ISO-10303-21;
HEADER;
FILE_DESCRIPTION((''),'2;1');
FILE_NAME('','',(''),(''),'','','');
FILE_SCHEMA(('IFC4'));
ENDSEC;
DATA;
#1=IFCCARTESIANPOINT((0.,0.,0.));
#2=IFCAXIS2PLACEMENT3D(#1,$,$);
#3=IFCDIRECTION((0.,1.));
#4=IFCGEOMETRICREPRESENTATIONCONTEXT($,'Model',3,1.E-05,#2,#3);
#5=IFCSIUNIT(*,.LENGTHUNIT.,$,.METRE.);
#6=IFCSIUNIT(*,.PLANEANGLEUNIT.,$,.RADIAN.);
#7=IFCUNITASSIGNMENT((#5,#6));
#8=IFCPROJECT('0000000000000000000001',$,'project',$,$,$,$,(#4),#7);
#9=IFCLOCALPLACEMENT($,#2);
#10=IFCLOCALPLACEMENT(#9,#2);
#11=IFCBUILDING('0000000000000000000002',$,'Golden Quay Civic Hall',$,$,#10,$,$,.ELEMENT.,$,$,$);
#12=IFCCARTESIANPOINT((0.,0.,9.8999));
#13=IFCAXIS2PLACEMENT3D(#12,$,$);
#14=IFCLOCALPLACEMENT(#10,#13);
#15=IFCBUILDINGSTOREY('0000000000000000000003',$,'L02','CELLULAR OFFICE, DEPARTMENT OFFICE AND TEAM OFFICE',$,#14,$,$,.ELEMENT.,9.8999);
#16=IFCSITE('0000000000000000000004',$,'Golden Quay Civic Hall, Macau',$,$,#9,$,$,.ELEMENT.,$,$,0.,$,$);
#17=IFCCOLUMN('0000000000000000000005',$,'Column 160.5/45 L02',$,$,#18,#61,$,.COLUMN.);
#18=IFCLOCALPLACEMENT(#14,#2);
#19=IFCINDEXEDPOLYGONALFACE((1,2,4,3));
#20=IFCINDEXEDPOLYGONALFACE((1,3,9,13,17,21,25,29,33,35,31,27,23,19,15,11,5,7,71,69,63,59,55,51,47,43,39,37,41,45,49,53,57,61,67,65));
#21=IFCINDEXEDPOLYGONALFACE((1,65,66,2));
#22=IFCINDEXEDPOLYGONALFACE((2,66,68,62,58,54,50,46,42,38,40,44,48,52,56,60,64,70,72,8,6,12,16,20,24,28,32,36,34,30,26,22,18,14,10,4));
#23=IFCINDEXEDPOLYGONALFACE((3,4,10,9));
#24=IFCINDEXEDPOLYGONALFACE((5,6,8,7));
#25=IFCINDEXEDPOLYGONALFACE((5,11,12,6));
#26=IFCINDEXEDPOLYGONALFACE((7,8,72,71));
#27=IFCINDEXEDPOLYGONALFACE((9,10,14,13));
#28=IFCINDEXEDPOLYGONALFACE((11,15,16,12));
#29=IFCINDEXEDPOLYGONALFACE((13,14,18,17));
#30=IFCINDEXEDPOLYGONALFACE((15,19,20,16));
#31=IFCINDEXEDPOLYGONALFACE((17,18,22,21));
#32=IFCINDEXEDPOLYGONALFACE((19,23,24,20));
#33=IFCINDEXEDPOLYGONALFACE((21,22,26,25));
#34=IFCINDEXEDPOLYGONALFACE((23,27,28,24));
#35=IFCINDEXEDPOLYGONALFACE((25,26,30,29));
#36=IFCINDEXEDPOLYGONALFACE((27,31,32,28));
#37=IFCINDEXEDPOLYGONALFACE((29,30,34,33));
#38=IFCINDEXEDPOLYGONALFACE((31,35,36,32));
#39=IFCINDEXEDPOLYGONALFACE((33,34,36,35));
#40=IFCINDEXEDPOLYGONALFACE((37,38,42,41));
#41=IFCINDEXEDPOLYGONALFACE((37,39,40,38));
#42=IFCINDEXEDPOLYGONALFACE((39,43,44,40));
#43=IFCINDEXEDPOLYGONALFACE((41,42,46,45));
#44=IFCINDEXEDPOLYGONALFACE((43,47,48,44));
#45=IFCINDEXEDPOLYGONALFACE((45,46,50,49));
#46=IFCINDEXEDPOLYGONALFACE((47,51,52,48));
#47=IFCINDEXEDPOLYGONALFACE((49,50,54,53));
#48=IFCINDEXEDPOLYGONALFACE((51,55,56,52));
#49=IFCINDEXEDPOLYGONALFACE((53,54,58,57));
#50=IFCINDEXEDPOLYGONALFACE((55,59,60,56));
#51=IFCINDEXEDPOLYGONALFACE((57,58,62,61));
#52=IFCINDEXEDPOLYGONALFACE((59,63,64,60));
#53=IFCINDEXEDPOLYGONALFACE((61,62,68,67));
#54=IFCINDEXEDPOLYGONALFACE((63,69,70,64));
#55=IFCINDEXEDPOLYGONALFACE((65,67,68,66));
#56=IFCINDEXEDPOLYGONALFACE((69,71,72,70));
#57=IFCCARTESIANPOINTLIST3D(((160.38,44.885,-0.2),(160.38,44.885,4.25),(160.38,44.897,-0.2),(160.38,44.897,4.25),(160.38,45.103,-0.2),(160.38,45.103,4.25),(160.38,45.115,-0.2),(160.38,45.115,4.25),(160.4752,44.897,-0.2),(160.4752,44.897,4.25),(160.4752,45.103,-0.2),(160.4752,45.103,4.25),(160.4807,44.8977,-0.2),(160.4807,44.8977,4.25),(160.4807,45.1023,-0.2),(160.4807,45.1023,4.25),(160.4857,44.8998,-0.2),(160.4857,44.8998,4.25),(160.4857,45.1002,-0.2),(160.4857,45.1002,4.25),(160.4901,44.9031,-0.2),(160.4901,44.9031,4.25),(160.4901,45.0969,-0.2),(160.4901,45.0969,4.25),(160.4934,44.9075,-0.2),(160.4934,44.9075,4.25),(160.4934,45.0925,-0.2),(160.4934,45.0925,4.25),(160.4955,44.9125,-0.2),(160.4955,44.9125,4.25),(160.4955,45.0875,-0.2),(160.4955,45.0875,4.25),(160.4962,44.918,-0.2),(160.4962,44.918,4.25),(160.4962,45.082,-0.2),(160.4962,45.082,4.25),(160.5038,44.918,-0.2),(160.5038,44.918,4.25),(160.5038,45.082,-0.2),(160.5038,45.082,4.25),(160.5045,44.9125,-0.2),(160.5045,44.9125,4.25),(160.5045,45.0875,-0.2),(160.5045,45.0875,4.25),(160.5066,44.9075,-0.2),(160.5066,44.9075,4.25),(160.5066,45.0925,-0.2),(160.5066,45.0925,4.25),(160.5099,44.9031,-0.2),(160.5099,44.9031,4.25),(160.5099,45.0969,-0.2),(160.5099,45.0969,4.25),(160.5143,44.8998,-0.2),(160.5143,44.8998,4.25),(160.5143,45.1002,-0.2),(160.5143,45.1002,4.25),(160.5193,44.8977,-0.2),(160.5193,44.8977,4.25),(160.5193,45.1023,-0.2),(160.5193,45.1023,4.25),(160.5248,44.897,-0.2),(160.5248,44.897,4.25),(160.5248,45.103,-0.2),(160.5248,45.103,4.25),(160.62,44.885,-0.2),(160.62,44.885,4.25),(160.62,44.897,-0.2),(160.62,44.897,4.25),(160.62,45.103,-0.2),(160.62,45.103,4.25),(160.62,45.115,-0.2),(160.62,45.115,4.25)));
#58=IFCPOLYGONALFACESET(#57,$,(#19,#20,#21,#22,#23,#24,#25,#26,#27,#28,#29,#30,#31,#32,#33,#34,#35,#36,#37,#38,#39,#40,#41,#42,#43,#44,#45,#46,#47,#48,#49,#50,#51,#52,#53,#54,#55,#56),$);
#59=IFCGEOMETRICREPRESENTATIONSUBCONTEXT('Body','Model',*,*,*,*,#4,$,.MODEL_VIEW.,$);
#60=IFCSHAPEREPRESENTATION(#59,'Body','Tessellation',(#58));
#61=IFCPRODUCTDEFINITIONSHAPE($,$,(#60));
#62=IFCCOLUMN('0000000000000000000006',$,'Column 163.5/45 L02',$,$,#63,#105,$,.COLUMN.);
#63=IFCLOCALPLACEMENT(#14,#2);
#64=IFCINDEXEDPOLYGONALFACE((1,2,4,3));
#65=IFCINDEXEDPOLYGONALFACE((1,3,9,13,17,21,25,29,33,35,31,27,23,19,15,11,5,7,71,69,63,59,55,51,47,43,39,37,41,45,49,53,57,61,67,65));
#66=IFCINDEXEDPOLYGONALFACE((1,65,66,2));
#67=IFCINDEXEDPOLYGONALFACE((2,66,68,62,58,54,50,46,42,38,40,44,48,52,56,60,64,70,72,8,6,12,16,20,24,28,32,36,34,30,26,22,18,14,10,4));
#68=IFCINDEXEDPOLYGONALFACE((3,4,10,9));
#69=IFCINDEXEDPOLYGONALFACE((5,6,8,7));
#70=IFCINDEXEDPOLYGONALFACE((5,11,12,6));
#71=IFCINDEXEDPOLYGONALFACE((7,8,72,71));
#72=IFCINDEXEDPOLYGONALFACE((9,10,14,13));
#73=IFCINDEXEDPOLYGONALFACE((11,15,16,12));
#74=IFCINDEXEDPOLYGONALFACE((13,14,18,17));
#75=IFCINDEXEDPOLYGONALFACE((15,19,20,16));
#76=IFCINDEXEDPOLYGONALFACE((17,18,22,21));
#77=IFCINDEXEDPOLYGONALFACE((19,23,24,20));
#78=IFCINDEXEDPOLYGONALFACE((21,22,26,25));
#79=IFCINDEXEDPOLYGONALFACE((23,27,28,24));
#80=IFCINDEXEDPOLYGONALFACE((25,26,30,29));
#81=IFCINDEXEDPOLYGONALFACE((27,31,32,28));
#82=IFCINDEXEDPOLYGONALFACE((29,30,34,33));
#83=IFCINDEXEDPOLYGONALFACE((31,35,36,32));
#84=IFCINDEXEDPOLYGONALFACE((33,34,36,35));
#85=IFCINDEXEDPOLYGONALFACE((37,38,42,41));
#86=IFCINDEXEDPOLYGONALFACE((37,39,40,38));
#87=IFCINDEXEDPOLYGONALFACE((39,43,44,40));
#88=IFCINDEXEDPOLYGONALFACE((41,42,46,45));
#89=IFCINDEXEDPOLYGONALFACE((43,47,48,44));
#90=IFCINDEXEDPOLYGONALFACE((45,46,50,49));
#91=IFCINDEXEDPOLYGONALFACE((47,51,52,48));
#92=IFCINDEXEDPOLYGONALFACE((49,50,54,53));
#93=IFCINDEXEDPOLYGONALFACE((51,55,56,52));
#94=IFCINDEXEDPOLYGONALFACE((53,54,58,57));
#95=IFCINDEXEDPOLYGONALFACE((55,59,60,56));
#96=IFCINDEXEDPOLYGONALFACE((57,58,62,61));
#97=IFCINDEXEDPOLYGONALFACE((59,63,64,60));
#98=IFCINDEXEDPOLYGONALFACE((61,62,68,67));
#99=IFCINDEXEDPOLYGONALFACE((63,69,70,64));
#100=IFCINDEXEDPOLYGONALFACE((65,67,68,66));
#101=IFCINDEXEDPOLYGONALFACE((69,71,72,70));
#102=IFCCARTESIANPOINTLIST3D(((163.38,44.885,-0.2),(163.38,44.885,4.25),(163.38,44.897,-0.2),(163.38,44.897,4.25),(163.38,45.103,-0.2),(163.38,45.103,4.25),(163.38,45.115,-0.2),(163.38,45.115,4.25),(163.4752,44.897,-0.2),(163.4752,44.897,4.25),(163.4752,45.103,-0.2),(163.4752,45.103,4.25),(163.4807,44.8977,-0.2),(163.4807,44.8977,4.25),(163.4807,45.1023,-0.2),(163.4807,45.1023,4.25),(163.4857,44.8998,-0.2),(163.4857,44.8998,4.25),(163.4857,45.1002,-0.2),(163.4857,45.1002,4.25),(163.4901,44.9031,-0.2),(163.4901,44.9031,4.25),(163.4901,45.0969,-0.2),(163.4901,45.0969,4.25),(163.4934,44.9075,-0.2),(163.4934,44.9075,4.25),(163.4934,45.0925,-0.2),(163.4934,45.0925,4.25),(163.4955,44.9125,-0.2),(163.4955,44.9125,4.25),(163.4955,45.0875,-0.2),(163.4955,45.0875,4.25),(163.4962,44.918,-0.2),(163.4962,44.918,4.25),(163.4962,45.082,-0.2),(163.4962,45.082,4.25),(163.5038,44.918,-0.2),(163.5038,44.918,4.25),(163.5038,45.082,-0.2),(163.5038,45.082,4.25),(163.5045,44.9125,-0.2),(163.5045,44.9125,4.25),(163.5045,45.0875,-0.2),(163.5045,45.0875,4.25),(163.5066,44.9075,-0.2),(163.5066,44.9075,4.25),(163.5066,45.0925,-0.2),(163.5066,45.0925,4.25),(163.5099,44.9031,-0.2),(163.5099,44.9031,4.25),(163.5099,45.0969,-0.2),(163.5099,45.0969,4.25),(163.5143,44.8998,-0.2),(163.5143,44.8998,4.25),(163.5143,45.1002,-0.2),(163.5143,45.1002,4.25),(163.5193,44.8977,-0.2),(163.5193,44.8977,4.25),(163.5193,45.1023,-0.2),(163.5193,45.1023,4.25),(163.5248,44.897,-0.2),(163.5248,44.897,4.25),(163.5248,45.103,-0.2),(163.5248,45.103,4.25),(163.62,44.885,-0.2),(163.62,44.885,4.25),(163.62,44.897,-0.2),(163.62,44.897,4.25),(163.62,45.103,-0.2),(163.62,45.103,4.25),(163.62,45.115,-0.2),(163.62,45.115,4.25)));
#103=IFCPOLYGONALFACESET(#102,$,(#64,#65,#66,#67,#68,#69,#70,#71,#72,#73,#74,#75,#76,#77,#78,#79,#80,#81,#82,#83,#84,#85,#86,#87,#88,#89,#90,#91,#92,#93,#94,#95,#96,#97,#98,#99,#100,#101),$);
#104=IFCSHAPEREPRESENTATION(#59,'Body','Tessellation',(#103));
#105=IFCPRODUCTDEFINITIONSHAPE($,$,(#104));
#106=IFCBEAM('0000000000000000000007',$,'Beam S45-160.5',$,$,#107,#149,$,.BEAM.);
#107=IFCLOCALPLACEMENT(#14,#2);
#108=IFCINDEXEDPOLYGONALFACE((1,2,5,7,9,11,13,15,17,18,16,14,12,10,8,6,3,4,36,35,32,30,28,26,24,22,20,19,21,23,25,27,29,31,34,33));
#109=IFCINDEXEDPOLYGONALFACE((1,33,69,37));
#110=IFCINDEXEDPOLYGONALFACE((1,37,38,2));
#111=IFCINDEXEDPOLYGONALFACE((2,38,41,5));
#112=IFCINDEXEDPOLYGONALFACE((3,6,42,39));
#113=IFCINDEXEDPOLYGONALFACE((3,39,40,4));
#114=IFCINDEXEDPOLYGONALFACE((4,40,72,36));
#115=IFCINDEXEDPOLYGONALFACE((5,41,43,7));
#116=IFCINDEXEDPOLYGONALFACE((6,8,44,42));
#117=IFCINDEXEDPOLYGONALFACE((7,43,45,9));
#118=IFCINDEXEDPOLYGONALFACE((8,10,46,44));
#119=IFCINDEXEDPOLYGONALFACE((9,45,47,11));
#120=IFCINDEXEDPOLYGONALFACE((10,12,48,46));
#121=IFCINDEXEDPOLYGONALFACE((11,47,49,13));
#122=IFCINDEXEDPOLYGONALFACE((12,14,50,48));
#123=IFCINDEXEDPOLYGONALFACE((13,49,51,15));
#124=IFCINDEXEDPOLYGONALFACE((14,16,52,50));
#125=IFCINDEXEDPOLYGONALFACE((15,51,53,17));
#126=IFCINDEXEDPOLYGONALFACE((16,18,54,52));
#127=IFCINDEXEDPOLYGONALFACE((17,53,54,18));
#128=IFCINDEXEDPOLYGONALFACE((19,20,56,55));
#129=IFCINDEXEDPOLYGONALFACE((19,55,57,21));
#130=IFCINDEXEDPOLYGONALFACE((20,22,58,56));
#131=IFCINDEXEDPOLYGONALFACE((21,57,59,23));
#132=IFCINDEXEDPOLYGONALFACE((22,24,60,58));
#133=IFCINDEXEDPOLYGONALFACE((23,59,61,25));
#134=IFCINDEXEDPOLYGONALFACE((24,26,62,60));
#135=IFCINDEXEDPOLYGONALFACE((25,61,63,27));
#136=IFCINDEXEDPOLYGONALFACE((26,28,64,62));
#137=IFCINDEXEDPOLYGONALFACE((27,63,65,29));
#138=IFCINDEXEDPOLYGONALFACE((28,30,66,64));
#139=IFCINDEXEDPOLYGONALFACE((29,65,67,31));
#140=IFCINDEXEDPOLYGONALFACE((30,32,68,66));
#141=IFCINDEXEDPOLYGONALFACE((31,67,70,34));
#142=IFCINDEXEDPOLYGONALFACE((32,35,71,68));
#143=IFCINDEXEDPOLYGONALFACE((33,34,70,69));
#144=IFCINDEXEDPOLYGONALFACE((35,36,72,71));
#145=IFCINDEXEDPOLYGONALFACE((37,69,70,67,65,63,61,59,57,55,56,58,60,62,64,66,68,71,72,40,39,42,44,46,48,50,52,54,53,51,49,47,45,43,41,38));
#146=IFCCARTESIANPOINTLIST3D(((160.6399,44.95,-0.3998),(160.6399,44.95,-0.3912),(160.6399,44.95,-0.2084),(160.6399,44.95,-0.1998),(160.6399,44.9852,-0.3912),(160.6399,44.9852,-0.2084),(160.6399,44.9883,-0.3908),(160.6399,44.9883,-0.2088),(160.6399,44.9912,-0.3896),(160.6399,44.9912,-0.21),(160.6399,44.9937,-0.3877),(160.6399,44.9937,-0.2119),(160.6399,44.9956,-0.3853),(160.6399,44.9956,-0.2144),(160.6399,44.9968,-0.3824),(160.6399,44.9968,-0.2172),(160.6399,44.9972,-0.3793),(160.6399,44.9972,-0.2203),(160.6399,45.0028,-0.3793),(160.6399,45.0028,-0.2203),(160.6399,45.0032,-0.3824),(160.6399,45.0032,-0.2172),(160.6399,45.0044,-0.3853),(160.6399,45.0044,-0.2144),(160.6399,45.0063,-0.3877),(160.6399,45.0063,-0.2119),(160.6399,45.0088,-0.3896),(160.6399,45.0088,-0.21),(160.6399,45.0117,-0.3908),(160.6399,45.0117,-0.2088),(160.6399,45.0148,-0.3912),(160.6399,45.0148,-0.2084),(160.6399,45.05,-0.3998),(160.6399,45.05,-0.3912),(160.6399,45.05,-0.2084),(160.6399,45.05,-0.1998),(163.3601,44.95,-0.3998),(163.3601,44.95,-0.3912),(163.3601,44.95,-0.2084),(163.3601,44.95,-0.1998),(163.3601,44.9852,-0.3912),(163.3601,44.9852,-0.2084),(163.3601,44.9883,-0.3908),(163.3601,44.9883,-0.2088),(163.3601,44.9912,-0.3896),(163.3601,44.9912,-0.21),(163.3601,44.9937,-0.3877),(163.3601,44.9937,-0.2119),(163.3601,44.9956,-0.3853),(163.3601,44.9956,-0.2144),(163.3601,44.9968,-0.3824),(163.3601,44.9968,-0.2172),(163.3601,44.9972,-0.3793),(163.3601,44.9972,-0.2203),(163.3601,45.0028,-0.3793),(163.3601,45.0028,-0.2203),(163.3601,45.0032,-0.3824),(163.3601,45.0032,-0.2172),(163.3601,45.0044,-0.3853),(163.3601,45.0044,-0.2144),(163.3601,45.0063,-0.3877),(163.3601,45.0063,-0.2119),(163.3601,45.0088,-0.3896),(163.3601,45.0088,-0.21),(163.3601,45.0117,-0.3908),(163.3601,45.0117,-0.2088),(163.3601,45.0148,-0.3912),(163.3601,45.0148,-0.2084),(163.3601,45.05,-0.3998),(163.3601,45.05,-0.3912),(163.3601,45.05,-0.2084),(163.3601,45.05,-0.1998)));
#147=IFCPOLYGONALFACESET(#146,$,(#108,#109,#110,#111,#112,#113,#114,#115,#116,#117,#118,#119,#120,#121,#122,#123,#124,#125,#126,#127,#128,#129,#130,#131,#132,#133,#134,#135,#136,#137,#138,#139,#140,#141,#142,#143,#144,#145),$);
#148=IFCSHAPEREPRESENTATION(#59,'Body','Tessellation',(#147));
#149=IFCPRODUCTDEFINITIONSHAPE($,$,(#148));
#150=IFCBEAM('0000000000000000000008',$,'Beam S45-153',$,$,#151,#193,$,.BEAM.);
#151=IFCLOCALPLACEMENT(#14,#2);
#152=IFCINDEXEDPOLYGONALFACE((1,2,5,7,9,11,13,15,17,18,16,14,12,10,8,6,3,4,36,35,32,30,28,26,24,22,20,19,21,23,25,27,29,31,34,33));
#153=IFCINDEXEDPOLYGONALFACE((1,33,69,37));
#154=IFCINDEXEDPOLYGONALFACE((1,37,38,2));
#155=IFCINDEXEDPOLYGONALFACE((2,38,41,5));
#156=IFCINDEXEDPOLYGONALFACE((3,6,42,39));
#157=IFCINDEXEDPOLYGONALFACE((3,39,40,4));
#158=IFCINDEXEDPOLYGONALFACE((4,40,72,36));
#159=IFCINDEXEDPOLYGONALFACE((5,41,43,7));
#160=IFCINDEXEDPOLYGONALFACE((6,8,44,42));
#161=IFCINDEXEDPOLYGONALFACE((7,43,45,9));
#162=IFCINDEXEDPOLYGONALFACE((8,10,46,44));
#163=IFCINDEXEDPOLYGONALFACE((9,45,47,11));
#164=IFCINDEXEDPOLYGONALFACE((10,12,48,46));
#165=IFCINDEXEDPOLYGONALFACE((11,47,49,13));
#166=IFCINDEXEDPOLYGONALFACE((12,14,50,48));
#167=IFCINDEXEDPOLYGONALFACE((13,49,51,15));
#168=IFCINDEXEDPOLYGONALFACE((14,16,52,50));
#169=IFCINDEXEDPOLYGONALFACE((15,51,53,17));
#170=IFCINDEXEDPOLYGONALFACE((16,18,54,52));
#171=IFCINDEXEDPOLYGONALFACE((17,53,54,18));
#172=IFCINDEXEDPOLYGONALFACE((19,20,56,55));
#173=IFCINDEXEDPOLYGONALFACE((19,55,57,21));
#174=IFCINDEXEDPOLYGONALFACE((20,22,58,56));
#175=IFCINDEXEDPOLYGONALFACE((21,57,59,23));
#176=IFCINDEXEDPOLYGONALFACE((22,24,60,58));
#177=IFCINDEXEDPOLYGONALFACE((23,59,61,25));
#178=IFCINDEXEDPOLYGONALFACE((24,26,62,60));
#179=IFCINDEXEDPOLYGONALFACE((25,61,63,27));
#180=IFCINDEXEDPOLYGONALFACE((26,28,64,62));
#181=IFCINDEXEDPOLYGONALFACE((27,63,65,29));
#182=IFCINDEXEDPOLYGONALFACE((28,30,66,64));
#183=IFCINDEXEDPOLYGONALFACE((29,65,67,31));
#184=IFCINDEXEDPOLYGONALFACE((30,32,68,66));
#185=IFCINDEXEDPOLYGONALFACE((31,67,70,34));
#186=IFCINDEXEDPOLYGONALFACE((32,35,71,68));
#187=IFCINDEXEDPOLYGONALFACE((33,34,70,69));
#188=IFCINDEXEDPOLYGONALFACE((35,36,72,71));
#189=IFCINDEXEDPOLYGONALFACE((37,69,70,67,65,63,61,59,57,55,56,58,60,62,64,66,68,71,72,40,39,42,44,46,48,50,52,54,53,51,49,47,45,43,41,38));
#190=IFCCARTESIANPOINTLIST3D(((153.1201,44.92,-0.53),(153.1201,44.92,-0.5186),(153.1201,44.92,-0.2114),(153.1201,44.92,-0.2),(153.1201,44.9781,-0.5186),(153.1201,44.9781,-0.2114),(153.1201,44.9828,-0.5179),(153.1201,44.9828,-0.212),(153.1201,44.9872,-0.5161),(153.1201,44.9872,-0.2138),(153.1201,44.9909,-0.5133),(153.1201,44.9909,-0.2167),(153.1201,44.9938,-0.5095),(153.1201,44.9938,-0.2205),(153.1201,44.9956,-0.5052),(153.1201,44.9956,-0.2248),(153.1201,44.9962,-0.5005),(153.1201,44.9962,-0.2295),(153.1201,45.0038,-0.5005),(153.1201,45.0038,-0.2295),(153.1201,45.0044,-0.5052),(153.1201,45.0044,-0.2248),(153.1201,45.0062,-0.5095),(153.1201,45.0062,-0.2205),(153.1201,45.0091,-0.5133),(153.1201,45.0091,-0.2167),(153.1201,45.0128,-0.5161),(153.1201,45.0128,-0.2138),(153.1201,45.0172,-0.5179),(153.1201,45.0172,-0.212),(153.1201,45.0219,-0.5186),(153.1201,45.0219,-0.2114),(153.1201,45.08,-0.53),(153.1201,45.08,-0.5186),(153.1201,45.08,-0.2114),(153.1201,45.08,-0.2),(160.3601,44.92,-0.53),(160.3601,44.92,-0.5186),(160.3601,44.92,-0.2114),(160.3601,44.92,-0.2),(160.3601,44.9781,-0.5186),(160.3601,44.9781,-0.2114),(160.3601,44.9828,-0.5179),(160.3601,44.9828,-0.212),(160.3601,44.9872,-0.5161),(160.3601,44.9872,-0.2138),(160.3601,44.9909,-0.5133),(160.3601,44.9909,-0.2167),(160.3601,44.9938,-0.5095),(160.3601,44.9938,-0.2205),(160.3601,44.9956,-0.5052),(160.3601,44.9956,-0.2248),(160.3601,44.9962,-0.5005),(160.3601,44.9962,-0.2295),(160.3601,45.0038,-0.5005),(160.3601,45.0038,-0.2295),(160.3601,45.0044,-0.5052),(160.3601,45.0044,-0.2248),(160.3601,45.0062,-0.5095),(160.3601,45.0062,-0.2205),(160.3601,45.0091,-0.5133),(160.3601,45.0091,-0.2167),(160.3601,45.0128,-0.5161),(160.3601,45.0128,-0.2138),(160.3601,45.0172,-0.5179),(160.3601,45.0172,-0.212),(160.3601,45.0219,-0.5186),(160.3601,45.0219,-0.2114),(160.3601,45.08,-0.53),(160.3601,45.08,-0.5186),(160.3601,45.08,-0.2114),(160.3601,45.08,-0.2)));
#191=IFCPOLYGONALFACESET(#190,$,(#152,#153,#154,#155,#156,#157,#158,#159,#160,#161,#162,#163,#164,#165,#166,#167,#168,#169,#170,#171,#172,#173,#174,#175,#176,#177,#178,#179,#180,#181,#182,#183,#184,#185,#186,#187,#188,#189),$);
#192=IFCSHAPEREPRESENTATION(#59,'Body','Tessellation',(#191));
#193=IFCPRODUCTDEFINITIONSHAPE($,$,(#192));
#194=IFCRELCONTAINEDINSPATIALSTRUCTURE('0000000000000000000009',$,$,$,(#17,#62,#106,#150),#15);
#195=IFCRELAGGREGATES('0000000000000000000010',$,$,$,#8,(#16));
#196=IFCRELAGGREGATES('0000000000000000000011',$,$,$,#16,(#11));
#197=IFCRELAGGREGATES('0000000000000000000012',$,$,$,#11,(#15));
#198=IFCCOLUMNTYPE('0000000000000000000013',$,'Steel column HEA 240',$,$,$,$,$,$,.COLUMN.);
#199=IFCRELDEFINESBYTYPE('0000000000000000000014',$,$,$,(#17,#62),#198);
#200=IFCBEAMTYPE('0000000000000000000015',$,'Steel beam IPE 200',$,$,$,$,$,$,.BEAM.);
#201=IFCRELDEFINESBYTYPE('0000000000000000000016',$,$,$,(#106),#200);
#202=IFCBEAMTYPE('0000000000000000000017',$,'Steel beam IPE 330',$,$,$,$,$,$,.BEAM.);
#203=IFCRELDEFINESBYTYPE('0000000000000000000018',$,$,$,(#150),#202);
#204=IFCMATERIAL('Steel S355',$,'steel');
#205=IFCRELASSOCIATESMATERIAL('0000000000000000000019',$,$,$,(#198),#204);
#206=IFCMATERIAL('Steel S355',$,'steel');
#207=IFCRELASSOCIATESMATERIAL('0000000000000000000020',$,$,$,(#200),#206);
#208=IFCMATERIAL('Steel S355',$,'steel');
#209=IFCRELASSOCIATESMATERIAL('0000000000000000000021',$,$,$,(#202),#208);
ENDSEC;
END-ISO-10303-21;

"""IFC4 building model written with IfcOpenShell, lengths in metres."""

from ifc_helpers import new_model, si_unit, direction, frame, origin, origin_2d, place, context, subcontext, project, spatial, i_section, extrude, material, material_profile, profile_set, type_object, element, save


model = new_model("IFC4")

# Units and contexts
model_context = context("Model", 3, precision=1e-05, world=origin(), true_north=direction((0.0, 1.0)))
body_context = subcontext(model_context, "Body", "Model", "MODEL_VIEW")
ifc_project = project(units=[si_unit("LENGTHUNIT", "METRE"), si_unit("PLANEANGLEUNIT", "RADIAN")], contexts=[model_context])

# Site, building, storey
site_placement = place(None, origin())
site = spatial("IfcSite", under=ifc_project, at=site_placement, Name="Golden Quay Civic Hall, Macau", CompositionType="ELEMENT", RefElevation=0.0)
building_placement = place(site_placement, origin())
building = spatial("IfcBuilding", under=site, at=building_placement, Name="Golden Quay Civic Hall", CompositionType="ELEMENT")
storey_placement = place(building_placement, frame((0.0, 0.0, 9.8999)))
storey = spatial("IfcBuildingStorey", under=building, at=storey_placement, Name="L02", Description="CELLULAR OFFICE, DEPARTMENT OFFICE AND TEAM OFFICE", CompositionType="ELEMENT", Elevation=9.8999)

# Columns
ifc_material_1 = material(Name="Steel S355", Category="steel")
ifc_material_profile_1 = material_profile(ifc_material_1, i_section(OverallWidth=0.24, OverallDepth=0.23, WebThickness=0.0076, FlangeThickness=0.012, FilletRadius=0.021, at=origin_2d()), Name="HEA 240")
ifc_profile_set_1 = profile_set([ifc_material_profile_1], Name="Steel S355")
column_type = type_object("IfcColumnType", Name="Steel column HEA 240", PredefinedType="COLUMN", material=ifc_profile_set_1)
for number, where, z_axis, x_axis, name in (
    (1, (160.5, 45.0, -0.2), (0.0, 0.0, 1.0), (1.0, 0.0, 0.0), "Column 160.5/45 L02"),
    (2, (163.5, 45.0, -0.2), (0.0, 0.0, 1.0), (1.0, 0.0, 0.0), "Column 163.5/45 L02"),
):
    element("IfcColumn", number, at=place(storey_placement, frame(where, z_axis=z_axis, x_axis=x_axis)), inside=storey, type_object=column_type, Name=name, PredefinedType="COLUMN", context=body_context, shape_type="SweptSolid", body=[
        extrude(i_section(OverallWidth=0.24, OverallDepth=0.23, WebThickness=0.0076, FlangeThickness=0.012, FilletRadius=0.021, at=origin_2d()), origin(), (0.0, 0.0, 1.0), 4.45),
    ])

# Beams
ifc_material_2 = material(Name="Steel S355", Category="steel")
ifc_material_profile_2 = material_profile(ifc_material_2, i_section(OverallWidth=0.1001, OverallDepth=0.2, WebThickness=0.0056, FlangeThickness=0.0085, FilletRadius=0.012, at=origin_2d()), Name="IPE 200")
ifc_profile_set_2 = profile_set([ifc_material_profile_2], Name="Steel S355")
beam_type_1 = type_object("IfcBeamType", Name="Steel beam IPE 200", PredefinedType="BEAM", material=ifc_profile_set_2)
beam_1_placement = place(storey_placement, frame((160.6399, 45.0, -0.2998), z_axis=(1.0, 0.0, 0.0), x_axis=(0.0, 1.0, 0.0)))
element("IfcBeam", 3, at=beam_1_placement, inside=storey, type_object=beam_type_1, Name="Beam S45-160.5", PredefinedType="BEAM", context=body_context, shape_type="SweptSolid", body=[
    extrude(i_section(OverallWidth=0.1001, OverallDepth=0.2, WebThickness=0.0056, FlangeThickness=0.0085, FilletRadius=0.012, at=origin_2d()), origin(), (0.0, 0.0, 1.0), 2.7202),
])
ifc_material_3 = material(Name="Steel S355", Category="steel")
ifc_material_profile_3 = material_profile(ifc_material_3, i_section(OverallWidth=0.1599, OverallDepth=0.3301, WebThickness=0.0076, FlangeThickness=0.0115, FilletRadius=0.0181, at=origin_2d()), Name="IPE 330")
ifc_profile_set_3 = profile_set([ifc_material_profile_3], Name="Steel S355")
beam_type_2 = type_object("IfcBeamType", Name="Steel beam IPE 330", PredefinedType="BEAM", material=ifc_profile_set_3)
beam_2_placement = place(storey_placement, frame((153.1201, 45.0, -0.365), z_axis=(1.0, 0.0, 0.0), x_axis=(0.0, 1.0, 0.0)))
element("IfcBeam", 4, at=beam_2_placement, inside=storey, type_object=beam_type_2, Name="Beam S45-153", PredefinedType="BEAM", context=body_context, shape_type="SweptSolid", body=[
    extrude(i_section(OverallWidth=0.1599, OverallDepth=0.3301, WebThickness=0.0076, FlangeThickness=0.0115, FilletRadius=0.0181, at=origin_2d()), origin(), (0.0, 0.0, 1.0), 7.24),
])

save(model, "model.ifc")
